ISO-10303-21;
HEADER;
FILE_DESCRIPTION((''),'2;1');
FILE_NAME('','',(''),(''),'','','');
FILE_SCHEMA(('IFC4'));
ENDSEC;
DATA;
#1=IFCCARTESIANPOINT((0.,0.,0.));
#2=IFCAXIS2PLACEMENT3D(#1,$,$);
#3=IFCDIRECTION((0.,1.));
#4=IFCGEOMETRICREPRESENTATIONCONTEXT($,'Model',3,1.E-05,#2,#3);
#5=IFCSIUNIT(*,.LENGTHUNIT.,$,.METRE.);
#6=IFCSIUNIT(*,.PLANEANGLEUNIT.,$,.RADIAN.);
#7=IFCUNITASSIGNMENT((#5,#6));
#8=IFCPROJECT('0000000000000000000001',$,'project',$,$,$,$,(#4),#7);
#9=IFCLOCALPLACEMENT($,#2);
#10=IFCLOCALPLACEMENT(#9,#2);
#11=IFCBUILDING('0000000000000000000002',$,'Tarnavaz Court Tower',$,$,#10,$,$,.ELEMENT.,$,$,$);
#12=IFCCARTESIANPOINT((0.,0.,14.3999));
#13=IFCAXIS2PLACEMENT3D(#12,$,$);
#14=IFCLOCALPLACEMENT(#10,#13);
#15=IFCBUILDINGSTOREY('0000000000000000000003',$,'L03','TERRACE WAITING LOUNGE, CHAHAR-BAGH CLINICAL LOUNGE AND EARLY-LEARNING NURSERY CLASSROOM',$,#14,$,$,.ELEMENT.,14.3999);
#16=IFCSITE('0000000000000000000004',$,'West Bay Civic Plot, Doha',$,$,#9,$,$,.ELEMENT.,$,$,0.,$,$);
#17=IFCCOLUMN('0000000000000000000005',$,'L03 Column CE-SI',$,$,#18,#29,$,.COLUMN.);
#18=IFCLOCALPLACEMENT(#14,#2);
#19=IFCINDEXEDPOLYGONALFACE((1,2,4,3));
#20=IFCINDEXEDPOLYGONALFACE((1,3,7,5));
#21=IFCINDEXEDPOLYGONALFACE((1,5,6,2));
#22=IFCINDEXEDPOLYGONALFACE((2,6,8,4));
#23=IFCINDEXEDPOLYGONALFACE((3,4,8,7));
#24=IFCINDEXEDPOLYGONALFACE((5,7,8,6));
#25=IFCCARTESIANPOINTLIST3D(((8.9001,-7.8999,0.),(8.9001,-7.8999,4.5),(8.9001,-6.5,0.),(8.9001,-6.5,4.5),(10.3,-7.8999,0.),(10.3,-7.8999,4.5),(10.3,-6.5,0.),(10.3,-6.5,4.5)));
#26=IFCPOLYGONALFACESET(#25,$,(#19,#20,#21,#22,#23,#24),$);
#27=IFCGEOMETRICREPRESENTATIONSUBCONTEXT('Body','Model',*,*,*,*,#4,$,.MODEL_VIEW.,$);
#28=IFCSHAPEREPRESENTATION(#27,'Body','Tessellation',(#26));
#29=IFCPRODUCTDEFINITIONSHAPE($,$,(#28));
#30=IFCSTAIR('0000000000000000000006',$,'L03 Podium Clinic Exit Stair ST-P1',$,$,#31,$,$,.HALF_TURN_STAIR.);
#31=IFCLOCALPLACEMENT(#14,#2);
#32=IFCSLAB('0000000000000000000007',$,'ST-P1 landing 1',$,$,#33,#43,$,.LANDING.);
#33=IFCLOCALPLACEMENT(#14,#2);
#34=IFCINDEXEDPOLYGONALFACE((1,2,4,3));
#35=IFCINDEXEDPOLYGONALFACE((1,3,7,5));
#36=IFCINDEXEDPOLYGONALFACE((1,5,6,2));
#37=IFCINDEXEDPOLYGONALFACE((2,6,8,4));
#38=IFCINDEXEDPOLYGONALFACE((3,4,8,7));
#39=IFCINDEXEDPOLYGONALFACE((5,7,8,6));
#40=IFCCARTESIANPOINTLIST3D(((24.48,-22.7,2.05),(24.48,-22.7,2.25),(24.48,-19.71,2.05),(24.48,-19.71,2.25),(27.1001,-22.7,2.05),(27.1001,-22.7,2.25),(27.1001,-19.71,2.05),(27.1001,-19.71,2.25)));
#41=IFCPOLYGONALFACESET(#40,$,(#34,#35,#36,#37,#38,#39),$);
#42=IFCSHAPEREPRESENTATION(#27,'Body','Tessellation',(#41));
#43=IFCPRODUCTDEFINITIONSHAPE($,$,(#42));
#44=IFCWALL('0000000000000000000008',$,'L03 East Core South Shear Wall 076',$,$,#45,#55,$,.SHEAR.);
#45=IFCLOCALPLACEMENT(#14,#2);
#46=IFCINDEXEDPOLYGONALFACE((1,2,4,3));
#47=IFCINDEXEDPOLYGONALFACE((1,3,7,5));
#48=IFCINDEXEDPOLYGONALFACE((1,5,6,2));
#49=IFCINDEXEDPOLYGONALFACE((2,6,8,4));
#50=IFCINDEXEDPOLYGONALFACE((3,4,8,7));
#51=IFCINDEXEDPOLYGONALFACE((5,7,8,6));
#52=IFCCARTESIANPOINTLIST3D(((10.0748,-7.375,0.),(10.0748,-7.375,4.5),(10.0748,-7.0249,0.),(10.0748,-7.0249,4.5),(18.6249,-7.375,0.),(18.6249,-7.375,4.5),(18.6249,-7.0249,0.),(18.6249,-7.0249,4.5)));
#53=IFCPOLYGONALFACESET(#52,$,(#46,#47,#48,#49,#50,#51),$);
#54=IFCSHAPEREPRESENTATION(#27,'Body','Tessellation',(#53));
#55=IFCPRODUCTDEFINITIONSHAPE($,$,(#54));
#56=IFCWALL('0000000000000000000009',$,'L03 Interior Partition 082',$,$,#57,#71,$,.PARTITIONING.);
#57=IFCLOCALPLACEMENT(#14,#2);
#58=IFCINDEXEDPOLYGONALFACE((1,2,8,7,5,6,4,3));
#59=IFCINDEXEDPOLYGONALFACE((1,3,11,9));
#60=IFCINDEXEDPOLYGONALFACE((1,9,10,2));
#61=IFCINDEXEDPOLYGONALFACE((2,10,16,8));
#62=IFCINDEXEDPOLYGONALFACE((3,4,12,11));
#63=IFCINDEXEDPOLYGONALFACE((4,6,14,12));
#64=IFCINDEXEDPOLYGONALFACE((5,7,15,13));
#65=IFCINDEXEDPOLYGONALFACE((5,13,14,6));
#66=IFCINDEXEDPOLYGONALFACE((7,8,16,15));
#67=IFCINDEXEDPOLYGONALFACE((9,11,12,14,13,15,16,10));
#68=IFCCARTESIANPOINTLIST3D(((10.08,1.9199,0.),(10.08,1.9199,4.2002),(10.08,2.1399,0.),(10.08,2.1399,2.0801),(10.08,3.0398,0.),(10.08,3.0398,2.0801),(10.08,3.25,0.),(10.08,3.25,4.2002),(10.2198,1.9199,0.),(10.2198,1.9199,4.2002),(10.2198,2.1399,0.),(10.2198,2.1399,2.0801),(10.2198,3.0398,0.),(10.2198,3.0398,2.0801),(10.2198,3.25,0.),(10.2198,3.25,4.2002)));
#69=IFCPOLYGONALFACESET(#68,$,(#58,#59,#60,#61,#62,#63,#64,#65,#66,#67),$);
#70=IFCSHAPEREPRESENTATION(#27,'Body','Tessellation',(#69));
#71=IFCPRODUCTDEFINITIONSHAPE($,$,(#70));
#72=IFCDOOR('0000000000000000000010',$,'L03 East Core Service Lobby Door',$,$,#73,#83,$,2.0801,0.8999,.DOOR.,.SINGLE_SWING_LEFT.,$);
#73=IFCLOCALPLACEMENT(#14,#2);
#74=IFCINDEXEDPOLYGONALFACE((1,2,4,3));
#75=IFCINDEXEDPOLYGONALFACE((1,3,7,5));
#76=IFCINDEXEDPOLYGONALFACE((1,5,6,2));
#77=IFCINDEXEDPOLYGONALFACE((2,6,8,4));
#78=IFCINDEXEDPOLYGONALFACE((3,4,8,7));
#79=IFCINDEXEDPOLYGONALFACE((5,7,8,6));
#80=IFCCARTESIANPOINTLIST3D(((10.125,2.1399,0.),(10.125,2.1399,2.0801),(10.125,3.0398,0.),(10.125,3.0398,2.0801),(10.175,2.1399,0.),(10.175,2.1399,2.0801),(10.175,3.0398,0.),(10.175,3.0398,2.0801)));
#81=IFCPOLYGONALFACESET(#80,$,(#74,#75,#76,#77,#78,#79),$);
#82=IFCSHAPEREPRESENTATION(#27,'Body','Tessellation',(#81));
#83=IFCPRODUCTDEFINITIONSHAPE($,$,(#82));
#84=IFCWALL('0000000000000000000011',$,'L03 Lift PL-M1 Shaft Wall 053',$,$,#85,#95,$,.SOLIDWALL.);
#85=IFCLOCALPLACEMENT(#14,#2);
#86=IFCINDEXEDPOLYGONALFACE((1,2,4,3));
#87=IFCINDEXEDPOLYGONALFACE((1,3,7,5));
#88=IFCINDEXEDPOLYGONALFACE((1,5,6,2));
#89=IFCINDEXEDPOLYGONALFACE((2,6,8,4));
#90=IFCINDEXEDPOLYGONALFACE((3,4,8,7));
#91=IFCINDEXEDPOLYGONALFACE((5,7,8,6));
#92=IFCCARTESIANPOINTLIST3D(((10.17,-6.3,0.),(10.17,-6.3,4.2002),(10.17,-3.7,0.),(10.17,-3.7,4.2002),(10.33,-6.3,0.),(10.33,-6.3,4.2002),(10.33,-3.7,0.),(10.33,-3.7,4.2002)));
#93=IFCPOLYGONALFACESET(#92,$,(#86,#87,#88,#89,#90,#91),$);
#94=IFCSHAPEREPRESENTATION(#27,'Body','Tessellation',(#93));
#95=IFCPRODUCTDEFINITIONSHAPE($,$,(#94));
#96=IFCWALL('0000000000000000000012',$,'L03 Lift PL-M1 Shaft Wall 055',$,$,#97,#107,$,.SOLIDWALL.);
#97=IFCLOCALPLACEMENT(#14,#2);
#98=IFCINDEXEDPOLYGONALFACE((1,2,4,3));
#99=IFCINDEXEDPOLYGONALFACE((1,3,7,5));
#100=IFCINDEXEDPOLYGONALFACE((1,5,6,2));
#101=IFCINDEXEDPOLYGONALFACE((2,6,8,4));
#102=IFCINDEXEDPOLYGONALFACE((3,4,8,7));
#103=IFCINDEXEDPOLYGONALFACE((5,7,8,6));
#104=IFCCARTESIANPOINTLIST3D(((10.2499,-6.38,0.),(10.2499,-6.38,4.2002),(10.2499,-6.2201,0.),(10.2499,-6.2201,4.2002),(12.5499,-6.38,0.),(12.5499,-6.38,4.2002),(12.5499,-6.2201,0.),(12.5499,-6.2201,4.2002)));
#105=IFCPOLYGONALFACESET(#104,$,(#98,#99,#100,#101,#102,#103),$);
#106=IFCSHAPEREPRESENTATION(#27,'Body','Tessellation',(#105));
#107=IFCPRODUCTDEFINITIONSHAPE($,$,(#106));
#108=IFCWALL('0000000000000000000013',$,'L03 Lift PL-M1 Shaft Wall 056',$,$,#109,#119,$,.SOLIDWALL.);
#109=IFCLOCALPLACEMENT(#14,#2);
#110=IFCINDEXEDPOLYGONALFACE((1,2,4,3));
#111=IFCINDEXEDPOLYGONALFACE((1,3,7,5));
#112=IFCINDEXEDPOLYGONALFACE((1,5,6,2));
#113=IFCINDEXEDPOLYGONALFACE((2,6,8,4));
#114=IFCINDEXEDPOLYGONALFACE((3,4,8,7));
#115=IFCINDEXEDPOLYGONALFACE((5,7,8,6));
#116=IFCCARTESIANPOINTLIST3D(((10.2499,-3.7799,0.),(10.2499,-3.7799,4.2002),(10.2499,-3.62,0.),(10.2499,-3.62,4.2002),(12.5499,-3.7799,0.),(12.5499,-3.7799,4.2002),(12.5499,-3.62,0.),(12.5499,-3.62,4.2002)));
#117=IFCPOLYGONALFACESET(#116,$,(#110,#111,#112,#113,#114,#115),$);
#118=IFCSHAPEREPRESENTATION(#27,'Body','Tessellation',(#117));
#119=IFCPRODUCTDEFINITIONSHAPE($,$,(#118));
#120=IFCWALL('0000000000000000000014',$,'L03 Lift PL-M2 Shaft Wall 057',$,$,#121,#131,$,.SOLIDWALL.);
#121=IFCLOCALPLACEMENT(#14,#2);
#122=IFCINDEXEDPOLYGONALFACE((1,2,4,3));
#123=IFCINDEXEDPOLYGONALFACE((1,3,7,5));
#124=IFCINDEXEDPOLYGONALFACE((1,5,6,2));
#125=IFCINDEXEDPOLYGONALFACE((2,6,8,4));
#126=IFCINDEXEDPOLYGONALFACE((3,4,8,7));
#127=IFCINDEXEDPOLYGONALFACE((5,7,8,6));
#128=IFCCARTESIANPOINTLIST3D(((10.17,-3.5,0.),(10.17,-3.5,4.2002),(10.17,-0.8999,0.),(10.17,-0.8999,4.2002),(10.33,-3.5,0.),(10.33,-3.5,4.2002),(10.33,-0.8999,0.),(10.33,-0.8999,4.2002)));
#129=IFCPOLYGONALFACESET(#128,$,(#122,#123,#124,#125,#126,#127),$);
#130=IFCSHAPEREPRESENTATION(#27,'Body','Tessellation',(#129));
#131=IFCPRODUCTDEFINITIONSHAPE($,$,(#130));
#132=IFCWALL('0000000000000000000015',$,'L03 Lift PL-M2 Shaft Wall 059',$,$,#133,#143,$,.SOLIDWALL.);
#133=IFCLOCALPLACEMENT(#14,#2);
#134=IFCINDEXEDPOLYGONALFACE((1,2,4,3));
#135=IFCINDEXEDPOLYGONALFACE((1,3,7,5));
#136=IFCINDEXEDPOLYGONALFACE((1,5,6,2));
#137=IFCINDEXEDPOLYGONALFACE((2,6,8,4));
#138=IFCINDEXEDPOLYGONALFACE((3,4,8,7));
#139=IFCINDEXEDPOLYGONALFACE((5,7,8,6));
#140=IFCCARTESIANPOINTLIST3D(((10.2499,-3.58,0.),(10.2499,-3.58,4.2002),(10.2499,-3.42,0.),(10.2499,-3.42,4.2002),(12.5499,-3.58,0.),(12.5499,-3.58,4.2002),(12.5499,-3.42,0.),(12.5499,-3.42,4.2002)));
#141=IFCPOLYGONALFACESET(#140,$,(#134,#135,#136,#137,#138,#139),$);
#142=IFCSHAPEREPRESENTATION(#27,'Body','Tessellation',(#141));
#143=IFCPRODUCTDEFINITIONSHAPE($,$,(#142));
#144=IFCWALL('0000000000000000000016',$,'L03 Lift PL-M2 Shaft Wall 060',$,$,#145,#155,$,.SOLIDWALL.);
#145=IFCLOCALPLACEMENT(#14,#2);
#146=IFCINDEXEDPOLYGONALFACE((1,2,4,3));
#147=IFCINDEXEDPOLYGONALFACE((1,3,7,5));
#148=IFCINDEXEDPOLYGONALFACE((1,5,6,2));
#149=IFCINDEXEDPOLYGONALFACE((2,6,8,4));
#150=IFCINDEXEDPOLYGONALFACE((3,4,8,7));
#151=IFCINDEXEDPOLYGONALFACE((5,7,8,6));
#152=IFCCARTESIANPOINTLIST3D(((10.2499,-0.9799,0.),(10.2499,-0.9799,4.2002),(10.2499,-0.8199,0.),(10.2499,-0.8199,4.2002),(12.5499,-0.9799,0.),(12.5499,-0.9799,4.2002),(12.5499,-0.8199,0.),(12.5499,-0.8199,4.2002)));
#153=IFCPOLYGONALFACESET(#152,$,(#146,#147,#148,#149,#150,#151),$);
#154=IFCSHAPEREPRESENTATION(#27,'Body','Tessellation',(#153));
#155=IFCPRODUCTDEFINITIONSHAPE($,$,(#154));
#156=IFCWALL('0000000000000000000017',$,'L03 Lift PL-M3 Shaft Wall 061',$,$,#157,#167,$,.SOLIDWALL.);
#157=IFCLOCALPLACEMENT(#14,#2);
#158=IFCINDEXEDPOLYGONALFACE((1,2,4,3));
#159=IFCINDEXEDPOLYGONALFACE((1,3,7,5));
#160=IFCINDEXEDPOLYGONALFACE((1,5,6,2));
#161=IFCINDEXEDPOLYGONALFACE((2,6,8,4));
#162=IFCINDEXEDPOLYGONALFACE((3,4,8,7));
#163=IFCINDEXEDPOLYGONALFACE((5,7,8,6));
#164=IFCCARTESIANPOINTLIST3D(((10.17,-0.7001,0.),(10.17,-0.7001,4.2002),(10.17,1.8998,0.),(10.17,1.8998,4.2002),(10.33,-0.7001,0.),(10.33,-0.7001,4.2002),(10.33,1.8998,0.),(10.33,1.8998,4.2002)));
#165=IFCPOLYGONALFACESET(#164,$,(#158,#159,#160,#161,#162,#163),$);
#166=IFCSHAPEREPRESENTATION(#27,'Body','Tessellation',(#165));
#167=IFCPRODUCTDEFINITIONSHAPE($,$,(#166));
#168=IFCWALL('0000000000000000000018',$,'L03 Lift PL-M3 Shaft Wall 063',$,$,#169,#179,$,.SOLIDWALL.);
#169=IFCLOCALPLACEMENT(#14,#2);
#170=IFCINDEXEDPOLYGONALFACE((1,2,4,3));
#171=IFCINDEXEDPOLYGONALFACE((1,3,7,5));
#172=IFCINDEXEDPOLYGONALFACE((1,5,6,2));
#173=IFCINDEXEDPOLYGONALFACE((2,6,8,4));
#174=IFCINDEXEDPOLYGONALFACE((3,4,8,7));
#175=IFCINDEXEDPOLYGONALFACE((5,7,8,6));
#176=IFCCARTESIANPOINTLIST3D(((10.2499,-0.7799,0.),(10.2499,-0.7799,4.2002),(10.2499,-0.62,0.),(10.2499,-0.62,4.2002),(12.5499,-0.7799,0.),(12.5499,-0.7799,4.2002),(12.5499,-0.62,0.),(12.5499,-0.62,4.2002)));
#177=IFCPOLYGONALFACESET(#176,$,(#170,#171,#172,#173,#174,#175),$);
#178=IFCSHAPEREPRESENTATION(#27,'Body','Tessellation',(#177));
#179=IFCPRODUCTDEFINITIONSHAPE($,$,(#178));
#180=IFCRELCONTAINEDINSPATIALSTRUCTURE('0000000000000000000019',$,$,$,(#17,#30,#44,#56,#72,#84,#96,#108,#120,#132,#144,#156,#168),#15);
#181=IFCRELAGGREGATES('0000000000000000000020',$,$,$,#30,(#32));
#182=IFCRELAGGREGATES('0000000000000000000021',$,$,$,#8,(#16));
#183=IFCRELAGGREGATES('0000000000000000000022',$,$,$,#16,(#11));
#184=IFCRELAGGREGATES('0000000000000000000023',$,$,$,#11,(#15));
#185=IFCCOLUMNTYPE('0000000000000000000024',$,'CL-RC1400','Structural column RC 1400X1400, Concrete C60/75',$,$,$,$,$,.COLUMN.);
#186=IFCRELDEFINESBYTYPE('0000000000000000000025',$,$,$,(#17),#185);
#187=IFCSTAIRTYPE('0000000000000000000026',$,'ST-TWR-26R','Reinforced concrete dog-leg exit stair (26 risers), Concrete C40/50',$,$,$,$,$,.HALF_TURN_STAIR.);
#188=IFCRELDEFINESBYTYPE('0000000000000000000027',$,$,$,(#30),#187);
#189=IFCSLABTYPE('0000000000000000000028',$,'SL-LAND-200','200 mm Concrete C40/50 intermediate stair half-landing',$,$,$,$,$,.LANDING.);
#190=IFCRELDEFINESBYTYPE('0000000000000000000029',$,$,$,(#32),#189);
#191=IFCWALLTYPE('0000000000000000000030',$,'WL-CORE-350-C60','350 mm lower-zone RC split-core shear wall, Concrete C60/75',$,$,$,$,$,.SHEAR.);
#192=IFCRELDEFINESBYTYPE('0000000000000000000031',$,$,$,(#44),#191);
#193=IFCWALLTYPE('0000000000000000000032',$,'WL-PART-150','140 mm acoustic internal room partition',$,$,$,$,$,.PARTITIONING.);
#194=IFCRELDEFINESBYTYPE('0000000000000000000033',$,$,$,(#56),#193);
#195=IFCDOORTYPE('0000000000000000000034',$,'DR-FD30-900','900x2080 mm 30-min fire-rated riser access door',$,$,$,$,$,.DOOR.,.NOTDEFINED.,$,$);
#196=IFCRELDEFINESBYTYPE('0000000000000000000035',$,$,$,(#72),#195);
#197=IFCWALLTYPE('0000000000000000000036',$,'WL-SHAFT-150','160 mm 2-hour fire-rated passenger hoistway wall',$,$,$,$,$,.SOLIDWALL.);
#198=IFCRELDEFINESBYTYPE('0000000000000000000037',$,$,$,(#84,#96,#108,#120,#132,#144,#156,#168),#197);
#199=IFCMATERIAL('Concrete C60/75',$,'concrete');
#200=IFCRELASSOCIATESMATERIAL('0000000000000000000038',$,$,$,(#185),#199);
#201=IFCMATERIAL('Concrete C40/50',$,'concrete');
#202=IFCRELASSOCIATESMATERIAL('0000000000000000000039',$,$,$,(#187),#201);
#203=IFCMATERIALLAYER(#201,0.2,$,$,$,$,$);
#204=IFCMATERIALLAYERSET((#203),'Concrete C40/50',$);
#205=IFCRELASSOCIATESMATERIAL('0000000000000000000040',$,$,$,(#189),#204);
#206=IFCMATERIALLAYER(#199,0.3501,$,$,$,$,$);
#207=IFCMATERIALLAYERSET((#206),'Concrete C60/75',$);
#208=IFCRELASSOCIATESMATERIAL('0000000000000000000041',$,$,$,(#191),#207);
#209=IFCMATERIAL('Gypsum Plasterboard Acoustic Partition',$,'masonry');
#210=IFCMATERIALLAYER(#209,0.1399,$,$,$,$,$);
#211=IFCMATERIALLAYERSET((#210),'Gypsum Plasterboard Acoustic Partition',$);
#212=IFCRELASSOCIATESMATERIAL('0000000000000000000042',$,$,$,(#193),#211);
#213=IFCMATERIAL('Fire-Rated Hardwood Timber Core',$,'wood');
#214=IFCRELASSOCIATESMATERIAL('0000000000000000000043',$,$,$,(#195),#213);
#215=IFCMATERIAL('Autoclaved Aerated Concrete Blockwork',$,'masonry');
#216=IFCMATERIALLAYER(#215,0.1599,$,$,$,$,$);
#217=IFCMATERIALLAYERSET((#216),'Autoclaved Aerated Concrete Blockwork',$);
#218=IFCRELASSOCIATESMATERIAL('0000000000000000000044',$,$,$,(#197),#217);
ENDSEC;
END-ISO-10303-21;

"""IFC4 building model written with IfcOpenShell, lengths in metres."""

from ifc_helpers import new_model, si_unit, direction, frame, frame_2d, origin, origin_2d, place, context, subcontext, project, spatial, polyline, rectangle, outline, extrude, material, layer, layer_set, material_profile, profile_set, type_object, element, fill, aggregate, save


model = new_model("IFC4")

# Units and contexts
model_context = context("Model", 3, precision=1e-05, world=origin(), true_north=direction((0.0, 1.0)))
body_context = subcontext(model_context, "Body", "Model", "MODEL_VIEW")
ifc_project = project(units=[si_unit("LENGTHUNIT", "METRE"), si_unit("PLANEANGLEUNIT", "RADIAN")], contexts=[model_context])

# Site, building, storey
site_placement = place(None, origin())
site = spatial("IfcSite", under=ifc_project, at=site_placement, Name="West Bay Civic Plot, Doha", CompositionType="ELEMENT", RefElevation=0.0)
building_placement = place(site_placement, origin())
building = spatial("IfcBuilding", under=site, at=building_placement, Name="Tarnavaz Court Tower", CompositionType="ELEMENT")
storey_placement = place(building_placement, frame((0.0, 0.0, 14.3999)))
storey = spatial("IfcBuildingStorey", under=building, at=storey_placement, Name="L03", Description="TERRACE WAITING LOUNGE, CHAHAR-BAGH CLINICAL LOUNGE AND EARLY-LEARNING NURSERY CLASSROOM", CompositionType="ELEMENT", Elevation=14.3999)

# Column
ifc_material_1 = material(Name="Concrete C60/75", Category="concrete")
ifc_material_profile = material_profile(ifc_material_1, rectangle(XDim=1.3999, YDim=1.3999, at=origin_2d()), Name="RC 1400X1400")
ifc_profile_set = profile_set([ifc_material_profile], Name="Concrete C60/75")
column_type = type_object("IfcColumnType", Name="CL-RC1400", Description="Structural column RC 1400X1400, Concrete C60/75", PredefinedType="COLUMN", material=ifc_profile_set)
column_placement = place(storey_placement, frame((9.6001, -7.2, 0.0), z_axis=(0.0, 0.0, 1.0), x_axis=(1.0, 0.0, 0.0)))
element("IfcColumn", 1, at=column_placement, inside=storey, type_object=column_type, Name="L03 Column CE-SI", PredefinedType="COLUMN", context=body_context, shape_type="SweptSolid", body=[
    extrude(rectangle(XDim=1.3999, YDim=1.3999, at=origin_2d()), origin(), (0.0, 0.0, 1.0), 4.5),
])

# Stair, slab
ifc_material_2 = material(Name="Concrete C40/50", Category="concrete")
stair_type = type_object("IfcStairType", Name="ST-TWR-26R", Description="Reinforced concrete dog-leg exit stair (26 risers), Concrete C40/50", PredefinedType="HALF_TURN_STAIR", material=ifc_material_2)
stair_placement = place(storey_placement, origin())
stair = element("IfcStair", 2, at=stair_placement, inside=storey, type_object=stair_type, Name="L03 Podium Clinic Exit Stair ST-P1", PredefinedType="HALF_TURN_STAIR")
ifc_layer_1 = layer(ifc_material_2, 0.2)
ifc_layer_set_1 = layer_set([ifc_layer_1], Name="Concrete C40/50")
slab_type = type_object("IfcSlabType", Name="SL-LAND-200", Description="200 mm Concrete C40/50 intermediate stair half-landing", PredefinedType="LANDING", material=ifc_layer_set_1)
slab_placement = place(storey_placement, frame((0.0, 0.0, 2.05)))
slab = element("IfcSlab", 3, at=slab_placement, type_object=slab_type, Name="ST-P1 landing 1", PredefinedType="LANDING", context=body_context, shape_type="SweptSolid", body=[
    extrude(outline(polyline([(24.48, -22.7), (27.1001, -22.7), (27.1001, -19.71), (24.48, -19.71), (24.48, -22.7)])), origin(), (0.0, 0.0, 1.0), 0.2),
])
aggregate(stair, [slab])

# Wall
ifc_layer_2 = layer(ifc_material_1, 0.3501)
ifc_layer_set_2 = layer_set([ifc_layer_2], Name="Concrete C60/75")
wall_type_1 = type_object("IfcWallType", Name="WL-CORE-350-C60", Description="350 mm lower-zone RC split-core shear wall, Concrete C60/75", PredefinedType="SHEAR", material=ifc_layer_set_2)
wall_1_placement = place(storey_placement, frame((10.075, -7.2, 0.0), z_axis=(0.0, 0.0, 1.0), x_axis=(1.0, 0.0, 0.0)))
element("IfcWall", 4, at=wall_1_placement, inside=storey, type_object=wall_type_1, Name="L03 East Core South Shear Wall 076", PredefinedType="SHEAR", context=body_context, shape_type="SweptSolid", body=[
    extrude(rectangle(XDim=8.55, YDim=0.3501, at=frame_2d((4.2749, 0.0))), origin(), (0.0, 0.0, 1.0), 4.5),
])

# Wall, opening, door
ifc_material_3 = material(Name="Gypsum Plasterboard Acoustic Partition", Category="masonry")
ifc_layer_3 = layer(ifc_material_3, 0.1399)
ifc_layer_set_3 = layer_set([ifc_layer_3], Name="Gypsum Plasterboard Acoustic Partition")
wall_type_2 = type_object("IfcWallType", Name="WL-PART-150", Description="140 mm acoustic internal room partition", PredefinedType="PARTITIONING", material=ifc_layer_set_3)
wall_2_placement = place(storey_placement, frame((10.1499, 1.9199, 0.0), z_axis=(0.0, 0.0, 1.0), x_axis=(0.0, 1.0, 0.0)))
wall_2 = element("IfcWall", 5, at=wall_2_placement, inside=storey, type_object=wall_type_2, Name="L03 Interior Partition 082", PredefinedType="PARTITIONING", context=body_context, shape_type="SweptSolid", body=[
    extrude(rectangle(XDim=1.3301, YDim=0.1399, at=frame_2d((0.665, 0.0))), origin(), (0.0, 0.0, 1.0), 4.2002),
])
opening_placement = place(wall_2_placement, frame((0.22, 0.0, 0.0)))
opening = element("IfcOpeningElement", 6, at=opening_placement, cuts=wall_2, PredefinedType="OPENING", context=body_context, shape_type="SweptSolid", body=[
    extrude(rectangle(XDim=0.8999, YDim=2.0801, at=frame_2d((0.45, 1.04))), frame((0.0, 0.0798, 0.0), z_axis=(0.0, -1.0, 0.0), x_axis=(1.0, 0.0, 0.0)), (0.0, 0.0, 1.0), 0.1599),
])
ifc_material_4 = material(Name="Fire-Rated Hardwood Timber Core", Category="wood")
door_type = type_object("IfcDoorType", Name="DR-FD30-900", Description="900x2080 mm 30-min fire-rated riser access door", OperationType="NOTDEFINED", PredefinedType="DOOR", material=ifc_material_4)
door_placement = place(opening_placement, origin())
door = element("IfcDoor", 7, at=door_placement, inside=storey, type_object=door_type, Name="L03 East Core Service Lobby Door", OperationType="SINGLE_SWING_LEFT", OverallHeight=2.0801, OverallWidth=0.8999, PredefinedType="DOOR", context=body_context, shape_type="SweptSolid", body=[
    extrude(rectangle(XDim=0.8999, YDim=2.0801, at=frame_2d((0.45, 1.04))), frame((0.0, 0.0249, 0.0), z_axis=(0.0, -1.0, 0.0), x_axis=(1.0, 0.0, 0.0)), (0.0, 0.0, 1.0), 0.05),
])
fill(opening, door)

# Walls
ifc_material_5 = material(Name="Autoclaved Aerated Concrete Blockwork", Category="masonry")
ifc_layer_4 = layer(ifc_material_5, 0.1599)
ifc_layer_set_4 = layer_set([ifc_layer_4], Name="Autoclaved Aerated Concrete Blockwork")
wall_type_3 = type_object("IfcWallType", Name="WL-SHAFT-150", Description="160 mm 2-hour fire-rated passenger hoistway wall", PredefinedType="SOLIDWALL", material=ifc_layer_set_4)
wall_3_placement = place(storey_placement, frame((10.25, -6.3, 0.0), z_axis=(0.0, 0.0, 1.0), x_axis=(0.0, 1.0, 0.0)))
element("IfcWall", 8, at=wall_3_placement, inside=storey, type_object=wall_type_3, Name="L03 Lift PL-M1 Shaft Wall 053", PredefinedType="SOLIDWALL", context=body_context, shape_type="SweptSolid", body=[
    extrude(rectangle(XDim=2.6001, YDim=0.1599, at=frame_2d((1.3, 0.0))), origin(), (0.0, 0.0, 1.0), 4.2002),
])
for number, where, z_axis, x_axis, name in (
    (9, (10.25, -6.3, 0.0), (0.0, 0.0, 1.0), (1.0, 0.0, 0.0), "L03 Lift PL-M1 Shaft Wall 055"),
    (10, (10.25, -3.7, 0.0), (0.0, 0.0, 1.0), (1.0, 0.0, 0.0), "L03 Lift PL-M1 Shaft Wall 056"),
):
    element("IfcWall", number, at=place(storey_placement, frame(where, z_axis=z_axis, x_axis=x_axis)), inside=storey, type_object=wall_type_3, Name=name, PredefinedType="SOLIDWALL", context=body_context, shape_type="SweptSolid", body=[
        extrude(rectangle(XDim=2.3, YDim=0.1599, at=frame_2d((1.1499, 0.0))), origin(), (0.0, 0.0, 1.0), 4.2002),
    ])
wall_4_placement = place(storey_placement, frame((10.25, -3.5, 0.0), z_axis=(0.0, 0.0, 1.0), x_axis=(0.0, 1.0, 0.0)))
element("IfcWall", 11, at=wall_4_placement, inside=storey, type_object=wall_type_3, Name="L03 Lift PL-M2 Shaft Wall 057", PredefinedType="SOLIDWALL", context=body_context, shape_type="SweptSolid", body=[
    extrude(rectangle(XDim=2.6001, YDim=0.1599, at=frame_2d((1.3, 0.0))), origin(), (0.0, 0.0, 1.0), 4.2002),
])
for number, where, z_axis, x_axis, name in (
    (12, (10.25, -3.5, 0.0), (0.0, 0.0, 1.0), (1.0, 0.0, 0.0), "L03 Lift PL-M2 Shaft Wall 059"),
    (13, (10.25, -0.8999, 0.0), (0.0, 0.0, 1.0), (1.0, 0.0, 0.0), "L03 Lift PL-M2 Shaft Wall 060"),
):
    element("IfcWall", number, at=place(storey_placement, frame(where, z_axis=z_axis, x_axis=x_axis)), inside=storey, type_object=wall_type_3, Name=name, PredefinedType="SOLIDWALL", context=body_context, shape_type="SweptSolid", body=[
        extrude(rectangle(XDim=2.3, YDim=0.1599, at=frame_2d((1.1499, 0.0))), origin(), (0.0, 0.0, 1.0), 4.2002),
    ])
wall_5_placement = place(storey_placement, frame((10.25, -0.7, 0.0), z_axis=(0.0, 0.0, 1.0), x_axis=(0.0, 1.0, 0.0)))
element("IfcWall", 14, at=wall_5_placement, inside=storey, type_object=wall_type_3, Name="L03 Lift PL-M3 Shaft Wall 061", PredefinedType="SOLIDWALL", context=body_context, shape_type="SweptSolid", body=[
    extrude(rectangle(XDim=2.5999, YDim=0.1599, at=frame_2d((1.2998, 0.0))), origin(), (0.0, 0.0, 1.0), 4.2002),
])
wall_6_placement = place(storey_placement, frame((10.25, -0.7, 0.0), z_axis=(0.0, 0.0, 1.0), x_axis=(1.0, 0.0, 0.0)))
element("IfcWall", 15, at=wall_6_placement, inside=storey, type_object=wall_type_3, Name="L03 Lift PL-M3 Shaft Wall 063", PredefinedType="SOLIDWALL", context=body_context, shape_type="SweptSolid", body=[
    extrude(rectangle(XDim=2.3, YDim=0.1599, at=frame_2d((1.1499, 0.0))), origin(), (0.0, 0.0, 1.0), 4.2002),
])

save(model, "model.ifc")
